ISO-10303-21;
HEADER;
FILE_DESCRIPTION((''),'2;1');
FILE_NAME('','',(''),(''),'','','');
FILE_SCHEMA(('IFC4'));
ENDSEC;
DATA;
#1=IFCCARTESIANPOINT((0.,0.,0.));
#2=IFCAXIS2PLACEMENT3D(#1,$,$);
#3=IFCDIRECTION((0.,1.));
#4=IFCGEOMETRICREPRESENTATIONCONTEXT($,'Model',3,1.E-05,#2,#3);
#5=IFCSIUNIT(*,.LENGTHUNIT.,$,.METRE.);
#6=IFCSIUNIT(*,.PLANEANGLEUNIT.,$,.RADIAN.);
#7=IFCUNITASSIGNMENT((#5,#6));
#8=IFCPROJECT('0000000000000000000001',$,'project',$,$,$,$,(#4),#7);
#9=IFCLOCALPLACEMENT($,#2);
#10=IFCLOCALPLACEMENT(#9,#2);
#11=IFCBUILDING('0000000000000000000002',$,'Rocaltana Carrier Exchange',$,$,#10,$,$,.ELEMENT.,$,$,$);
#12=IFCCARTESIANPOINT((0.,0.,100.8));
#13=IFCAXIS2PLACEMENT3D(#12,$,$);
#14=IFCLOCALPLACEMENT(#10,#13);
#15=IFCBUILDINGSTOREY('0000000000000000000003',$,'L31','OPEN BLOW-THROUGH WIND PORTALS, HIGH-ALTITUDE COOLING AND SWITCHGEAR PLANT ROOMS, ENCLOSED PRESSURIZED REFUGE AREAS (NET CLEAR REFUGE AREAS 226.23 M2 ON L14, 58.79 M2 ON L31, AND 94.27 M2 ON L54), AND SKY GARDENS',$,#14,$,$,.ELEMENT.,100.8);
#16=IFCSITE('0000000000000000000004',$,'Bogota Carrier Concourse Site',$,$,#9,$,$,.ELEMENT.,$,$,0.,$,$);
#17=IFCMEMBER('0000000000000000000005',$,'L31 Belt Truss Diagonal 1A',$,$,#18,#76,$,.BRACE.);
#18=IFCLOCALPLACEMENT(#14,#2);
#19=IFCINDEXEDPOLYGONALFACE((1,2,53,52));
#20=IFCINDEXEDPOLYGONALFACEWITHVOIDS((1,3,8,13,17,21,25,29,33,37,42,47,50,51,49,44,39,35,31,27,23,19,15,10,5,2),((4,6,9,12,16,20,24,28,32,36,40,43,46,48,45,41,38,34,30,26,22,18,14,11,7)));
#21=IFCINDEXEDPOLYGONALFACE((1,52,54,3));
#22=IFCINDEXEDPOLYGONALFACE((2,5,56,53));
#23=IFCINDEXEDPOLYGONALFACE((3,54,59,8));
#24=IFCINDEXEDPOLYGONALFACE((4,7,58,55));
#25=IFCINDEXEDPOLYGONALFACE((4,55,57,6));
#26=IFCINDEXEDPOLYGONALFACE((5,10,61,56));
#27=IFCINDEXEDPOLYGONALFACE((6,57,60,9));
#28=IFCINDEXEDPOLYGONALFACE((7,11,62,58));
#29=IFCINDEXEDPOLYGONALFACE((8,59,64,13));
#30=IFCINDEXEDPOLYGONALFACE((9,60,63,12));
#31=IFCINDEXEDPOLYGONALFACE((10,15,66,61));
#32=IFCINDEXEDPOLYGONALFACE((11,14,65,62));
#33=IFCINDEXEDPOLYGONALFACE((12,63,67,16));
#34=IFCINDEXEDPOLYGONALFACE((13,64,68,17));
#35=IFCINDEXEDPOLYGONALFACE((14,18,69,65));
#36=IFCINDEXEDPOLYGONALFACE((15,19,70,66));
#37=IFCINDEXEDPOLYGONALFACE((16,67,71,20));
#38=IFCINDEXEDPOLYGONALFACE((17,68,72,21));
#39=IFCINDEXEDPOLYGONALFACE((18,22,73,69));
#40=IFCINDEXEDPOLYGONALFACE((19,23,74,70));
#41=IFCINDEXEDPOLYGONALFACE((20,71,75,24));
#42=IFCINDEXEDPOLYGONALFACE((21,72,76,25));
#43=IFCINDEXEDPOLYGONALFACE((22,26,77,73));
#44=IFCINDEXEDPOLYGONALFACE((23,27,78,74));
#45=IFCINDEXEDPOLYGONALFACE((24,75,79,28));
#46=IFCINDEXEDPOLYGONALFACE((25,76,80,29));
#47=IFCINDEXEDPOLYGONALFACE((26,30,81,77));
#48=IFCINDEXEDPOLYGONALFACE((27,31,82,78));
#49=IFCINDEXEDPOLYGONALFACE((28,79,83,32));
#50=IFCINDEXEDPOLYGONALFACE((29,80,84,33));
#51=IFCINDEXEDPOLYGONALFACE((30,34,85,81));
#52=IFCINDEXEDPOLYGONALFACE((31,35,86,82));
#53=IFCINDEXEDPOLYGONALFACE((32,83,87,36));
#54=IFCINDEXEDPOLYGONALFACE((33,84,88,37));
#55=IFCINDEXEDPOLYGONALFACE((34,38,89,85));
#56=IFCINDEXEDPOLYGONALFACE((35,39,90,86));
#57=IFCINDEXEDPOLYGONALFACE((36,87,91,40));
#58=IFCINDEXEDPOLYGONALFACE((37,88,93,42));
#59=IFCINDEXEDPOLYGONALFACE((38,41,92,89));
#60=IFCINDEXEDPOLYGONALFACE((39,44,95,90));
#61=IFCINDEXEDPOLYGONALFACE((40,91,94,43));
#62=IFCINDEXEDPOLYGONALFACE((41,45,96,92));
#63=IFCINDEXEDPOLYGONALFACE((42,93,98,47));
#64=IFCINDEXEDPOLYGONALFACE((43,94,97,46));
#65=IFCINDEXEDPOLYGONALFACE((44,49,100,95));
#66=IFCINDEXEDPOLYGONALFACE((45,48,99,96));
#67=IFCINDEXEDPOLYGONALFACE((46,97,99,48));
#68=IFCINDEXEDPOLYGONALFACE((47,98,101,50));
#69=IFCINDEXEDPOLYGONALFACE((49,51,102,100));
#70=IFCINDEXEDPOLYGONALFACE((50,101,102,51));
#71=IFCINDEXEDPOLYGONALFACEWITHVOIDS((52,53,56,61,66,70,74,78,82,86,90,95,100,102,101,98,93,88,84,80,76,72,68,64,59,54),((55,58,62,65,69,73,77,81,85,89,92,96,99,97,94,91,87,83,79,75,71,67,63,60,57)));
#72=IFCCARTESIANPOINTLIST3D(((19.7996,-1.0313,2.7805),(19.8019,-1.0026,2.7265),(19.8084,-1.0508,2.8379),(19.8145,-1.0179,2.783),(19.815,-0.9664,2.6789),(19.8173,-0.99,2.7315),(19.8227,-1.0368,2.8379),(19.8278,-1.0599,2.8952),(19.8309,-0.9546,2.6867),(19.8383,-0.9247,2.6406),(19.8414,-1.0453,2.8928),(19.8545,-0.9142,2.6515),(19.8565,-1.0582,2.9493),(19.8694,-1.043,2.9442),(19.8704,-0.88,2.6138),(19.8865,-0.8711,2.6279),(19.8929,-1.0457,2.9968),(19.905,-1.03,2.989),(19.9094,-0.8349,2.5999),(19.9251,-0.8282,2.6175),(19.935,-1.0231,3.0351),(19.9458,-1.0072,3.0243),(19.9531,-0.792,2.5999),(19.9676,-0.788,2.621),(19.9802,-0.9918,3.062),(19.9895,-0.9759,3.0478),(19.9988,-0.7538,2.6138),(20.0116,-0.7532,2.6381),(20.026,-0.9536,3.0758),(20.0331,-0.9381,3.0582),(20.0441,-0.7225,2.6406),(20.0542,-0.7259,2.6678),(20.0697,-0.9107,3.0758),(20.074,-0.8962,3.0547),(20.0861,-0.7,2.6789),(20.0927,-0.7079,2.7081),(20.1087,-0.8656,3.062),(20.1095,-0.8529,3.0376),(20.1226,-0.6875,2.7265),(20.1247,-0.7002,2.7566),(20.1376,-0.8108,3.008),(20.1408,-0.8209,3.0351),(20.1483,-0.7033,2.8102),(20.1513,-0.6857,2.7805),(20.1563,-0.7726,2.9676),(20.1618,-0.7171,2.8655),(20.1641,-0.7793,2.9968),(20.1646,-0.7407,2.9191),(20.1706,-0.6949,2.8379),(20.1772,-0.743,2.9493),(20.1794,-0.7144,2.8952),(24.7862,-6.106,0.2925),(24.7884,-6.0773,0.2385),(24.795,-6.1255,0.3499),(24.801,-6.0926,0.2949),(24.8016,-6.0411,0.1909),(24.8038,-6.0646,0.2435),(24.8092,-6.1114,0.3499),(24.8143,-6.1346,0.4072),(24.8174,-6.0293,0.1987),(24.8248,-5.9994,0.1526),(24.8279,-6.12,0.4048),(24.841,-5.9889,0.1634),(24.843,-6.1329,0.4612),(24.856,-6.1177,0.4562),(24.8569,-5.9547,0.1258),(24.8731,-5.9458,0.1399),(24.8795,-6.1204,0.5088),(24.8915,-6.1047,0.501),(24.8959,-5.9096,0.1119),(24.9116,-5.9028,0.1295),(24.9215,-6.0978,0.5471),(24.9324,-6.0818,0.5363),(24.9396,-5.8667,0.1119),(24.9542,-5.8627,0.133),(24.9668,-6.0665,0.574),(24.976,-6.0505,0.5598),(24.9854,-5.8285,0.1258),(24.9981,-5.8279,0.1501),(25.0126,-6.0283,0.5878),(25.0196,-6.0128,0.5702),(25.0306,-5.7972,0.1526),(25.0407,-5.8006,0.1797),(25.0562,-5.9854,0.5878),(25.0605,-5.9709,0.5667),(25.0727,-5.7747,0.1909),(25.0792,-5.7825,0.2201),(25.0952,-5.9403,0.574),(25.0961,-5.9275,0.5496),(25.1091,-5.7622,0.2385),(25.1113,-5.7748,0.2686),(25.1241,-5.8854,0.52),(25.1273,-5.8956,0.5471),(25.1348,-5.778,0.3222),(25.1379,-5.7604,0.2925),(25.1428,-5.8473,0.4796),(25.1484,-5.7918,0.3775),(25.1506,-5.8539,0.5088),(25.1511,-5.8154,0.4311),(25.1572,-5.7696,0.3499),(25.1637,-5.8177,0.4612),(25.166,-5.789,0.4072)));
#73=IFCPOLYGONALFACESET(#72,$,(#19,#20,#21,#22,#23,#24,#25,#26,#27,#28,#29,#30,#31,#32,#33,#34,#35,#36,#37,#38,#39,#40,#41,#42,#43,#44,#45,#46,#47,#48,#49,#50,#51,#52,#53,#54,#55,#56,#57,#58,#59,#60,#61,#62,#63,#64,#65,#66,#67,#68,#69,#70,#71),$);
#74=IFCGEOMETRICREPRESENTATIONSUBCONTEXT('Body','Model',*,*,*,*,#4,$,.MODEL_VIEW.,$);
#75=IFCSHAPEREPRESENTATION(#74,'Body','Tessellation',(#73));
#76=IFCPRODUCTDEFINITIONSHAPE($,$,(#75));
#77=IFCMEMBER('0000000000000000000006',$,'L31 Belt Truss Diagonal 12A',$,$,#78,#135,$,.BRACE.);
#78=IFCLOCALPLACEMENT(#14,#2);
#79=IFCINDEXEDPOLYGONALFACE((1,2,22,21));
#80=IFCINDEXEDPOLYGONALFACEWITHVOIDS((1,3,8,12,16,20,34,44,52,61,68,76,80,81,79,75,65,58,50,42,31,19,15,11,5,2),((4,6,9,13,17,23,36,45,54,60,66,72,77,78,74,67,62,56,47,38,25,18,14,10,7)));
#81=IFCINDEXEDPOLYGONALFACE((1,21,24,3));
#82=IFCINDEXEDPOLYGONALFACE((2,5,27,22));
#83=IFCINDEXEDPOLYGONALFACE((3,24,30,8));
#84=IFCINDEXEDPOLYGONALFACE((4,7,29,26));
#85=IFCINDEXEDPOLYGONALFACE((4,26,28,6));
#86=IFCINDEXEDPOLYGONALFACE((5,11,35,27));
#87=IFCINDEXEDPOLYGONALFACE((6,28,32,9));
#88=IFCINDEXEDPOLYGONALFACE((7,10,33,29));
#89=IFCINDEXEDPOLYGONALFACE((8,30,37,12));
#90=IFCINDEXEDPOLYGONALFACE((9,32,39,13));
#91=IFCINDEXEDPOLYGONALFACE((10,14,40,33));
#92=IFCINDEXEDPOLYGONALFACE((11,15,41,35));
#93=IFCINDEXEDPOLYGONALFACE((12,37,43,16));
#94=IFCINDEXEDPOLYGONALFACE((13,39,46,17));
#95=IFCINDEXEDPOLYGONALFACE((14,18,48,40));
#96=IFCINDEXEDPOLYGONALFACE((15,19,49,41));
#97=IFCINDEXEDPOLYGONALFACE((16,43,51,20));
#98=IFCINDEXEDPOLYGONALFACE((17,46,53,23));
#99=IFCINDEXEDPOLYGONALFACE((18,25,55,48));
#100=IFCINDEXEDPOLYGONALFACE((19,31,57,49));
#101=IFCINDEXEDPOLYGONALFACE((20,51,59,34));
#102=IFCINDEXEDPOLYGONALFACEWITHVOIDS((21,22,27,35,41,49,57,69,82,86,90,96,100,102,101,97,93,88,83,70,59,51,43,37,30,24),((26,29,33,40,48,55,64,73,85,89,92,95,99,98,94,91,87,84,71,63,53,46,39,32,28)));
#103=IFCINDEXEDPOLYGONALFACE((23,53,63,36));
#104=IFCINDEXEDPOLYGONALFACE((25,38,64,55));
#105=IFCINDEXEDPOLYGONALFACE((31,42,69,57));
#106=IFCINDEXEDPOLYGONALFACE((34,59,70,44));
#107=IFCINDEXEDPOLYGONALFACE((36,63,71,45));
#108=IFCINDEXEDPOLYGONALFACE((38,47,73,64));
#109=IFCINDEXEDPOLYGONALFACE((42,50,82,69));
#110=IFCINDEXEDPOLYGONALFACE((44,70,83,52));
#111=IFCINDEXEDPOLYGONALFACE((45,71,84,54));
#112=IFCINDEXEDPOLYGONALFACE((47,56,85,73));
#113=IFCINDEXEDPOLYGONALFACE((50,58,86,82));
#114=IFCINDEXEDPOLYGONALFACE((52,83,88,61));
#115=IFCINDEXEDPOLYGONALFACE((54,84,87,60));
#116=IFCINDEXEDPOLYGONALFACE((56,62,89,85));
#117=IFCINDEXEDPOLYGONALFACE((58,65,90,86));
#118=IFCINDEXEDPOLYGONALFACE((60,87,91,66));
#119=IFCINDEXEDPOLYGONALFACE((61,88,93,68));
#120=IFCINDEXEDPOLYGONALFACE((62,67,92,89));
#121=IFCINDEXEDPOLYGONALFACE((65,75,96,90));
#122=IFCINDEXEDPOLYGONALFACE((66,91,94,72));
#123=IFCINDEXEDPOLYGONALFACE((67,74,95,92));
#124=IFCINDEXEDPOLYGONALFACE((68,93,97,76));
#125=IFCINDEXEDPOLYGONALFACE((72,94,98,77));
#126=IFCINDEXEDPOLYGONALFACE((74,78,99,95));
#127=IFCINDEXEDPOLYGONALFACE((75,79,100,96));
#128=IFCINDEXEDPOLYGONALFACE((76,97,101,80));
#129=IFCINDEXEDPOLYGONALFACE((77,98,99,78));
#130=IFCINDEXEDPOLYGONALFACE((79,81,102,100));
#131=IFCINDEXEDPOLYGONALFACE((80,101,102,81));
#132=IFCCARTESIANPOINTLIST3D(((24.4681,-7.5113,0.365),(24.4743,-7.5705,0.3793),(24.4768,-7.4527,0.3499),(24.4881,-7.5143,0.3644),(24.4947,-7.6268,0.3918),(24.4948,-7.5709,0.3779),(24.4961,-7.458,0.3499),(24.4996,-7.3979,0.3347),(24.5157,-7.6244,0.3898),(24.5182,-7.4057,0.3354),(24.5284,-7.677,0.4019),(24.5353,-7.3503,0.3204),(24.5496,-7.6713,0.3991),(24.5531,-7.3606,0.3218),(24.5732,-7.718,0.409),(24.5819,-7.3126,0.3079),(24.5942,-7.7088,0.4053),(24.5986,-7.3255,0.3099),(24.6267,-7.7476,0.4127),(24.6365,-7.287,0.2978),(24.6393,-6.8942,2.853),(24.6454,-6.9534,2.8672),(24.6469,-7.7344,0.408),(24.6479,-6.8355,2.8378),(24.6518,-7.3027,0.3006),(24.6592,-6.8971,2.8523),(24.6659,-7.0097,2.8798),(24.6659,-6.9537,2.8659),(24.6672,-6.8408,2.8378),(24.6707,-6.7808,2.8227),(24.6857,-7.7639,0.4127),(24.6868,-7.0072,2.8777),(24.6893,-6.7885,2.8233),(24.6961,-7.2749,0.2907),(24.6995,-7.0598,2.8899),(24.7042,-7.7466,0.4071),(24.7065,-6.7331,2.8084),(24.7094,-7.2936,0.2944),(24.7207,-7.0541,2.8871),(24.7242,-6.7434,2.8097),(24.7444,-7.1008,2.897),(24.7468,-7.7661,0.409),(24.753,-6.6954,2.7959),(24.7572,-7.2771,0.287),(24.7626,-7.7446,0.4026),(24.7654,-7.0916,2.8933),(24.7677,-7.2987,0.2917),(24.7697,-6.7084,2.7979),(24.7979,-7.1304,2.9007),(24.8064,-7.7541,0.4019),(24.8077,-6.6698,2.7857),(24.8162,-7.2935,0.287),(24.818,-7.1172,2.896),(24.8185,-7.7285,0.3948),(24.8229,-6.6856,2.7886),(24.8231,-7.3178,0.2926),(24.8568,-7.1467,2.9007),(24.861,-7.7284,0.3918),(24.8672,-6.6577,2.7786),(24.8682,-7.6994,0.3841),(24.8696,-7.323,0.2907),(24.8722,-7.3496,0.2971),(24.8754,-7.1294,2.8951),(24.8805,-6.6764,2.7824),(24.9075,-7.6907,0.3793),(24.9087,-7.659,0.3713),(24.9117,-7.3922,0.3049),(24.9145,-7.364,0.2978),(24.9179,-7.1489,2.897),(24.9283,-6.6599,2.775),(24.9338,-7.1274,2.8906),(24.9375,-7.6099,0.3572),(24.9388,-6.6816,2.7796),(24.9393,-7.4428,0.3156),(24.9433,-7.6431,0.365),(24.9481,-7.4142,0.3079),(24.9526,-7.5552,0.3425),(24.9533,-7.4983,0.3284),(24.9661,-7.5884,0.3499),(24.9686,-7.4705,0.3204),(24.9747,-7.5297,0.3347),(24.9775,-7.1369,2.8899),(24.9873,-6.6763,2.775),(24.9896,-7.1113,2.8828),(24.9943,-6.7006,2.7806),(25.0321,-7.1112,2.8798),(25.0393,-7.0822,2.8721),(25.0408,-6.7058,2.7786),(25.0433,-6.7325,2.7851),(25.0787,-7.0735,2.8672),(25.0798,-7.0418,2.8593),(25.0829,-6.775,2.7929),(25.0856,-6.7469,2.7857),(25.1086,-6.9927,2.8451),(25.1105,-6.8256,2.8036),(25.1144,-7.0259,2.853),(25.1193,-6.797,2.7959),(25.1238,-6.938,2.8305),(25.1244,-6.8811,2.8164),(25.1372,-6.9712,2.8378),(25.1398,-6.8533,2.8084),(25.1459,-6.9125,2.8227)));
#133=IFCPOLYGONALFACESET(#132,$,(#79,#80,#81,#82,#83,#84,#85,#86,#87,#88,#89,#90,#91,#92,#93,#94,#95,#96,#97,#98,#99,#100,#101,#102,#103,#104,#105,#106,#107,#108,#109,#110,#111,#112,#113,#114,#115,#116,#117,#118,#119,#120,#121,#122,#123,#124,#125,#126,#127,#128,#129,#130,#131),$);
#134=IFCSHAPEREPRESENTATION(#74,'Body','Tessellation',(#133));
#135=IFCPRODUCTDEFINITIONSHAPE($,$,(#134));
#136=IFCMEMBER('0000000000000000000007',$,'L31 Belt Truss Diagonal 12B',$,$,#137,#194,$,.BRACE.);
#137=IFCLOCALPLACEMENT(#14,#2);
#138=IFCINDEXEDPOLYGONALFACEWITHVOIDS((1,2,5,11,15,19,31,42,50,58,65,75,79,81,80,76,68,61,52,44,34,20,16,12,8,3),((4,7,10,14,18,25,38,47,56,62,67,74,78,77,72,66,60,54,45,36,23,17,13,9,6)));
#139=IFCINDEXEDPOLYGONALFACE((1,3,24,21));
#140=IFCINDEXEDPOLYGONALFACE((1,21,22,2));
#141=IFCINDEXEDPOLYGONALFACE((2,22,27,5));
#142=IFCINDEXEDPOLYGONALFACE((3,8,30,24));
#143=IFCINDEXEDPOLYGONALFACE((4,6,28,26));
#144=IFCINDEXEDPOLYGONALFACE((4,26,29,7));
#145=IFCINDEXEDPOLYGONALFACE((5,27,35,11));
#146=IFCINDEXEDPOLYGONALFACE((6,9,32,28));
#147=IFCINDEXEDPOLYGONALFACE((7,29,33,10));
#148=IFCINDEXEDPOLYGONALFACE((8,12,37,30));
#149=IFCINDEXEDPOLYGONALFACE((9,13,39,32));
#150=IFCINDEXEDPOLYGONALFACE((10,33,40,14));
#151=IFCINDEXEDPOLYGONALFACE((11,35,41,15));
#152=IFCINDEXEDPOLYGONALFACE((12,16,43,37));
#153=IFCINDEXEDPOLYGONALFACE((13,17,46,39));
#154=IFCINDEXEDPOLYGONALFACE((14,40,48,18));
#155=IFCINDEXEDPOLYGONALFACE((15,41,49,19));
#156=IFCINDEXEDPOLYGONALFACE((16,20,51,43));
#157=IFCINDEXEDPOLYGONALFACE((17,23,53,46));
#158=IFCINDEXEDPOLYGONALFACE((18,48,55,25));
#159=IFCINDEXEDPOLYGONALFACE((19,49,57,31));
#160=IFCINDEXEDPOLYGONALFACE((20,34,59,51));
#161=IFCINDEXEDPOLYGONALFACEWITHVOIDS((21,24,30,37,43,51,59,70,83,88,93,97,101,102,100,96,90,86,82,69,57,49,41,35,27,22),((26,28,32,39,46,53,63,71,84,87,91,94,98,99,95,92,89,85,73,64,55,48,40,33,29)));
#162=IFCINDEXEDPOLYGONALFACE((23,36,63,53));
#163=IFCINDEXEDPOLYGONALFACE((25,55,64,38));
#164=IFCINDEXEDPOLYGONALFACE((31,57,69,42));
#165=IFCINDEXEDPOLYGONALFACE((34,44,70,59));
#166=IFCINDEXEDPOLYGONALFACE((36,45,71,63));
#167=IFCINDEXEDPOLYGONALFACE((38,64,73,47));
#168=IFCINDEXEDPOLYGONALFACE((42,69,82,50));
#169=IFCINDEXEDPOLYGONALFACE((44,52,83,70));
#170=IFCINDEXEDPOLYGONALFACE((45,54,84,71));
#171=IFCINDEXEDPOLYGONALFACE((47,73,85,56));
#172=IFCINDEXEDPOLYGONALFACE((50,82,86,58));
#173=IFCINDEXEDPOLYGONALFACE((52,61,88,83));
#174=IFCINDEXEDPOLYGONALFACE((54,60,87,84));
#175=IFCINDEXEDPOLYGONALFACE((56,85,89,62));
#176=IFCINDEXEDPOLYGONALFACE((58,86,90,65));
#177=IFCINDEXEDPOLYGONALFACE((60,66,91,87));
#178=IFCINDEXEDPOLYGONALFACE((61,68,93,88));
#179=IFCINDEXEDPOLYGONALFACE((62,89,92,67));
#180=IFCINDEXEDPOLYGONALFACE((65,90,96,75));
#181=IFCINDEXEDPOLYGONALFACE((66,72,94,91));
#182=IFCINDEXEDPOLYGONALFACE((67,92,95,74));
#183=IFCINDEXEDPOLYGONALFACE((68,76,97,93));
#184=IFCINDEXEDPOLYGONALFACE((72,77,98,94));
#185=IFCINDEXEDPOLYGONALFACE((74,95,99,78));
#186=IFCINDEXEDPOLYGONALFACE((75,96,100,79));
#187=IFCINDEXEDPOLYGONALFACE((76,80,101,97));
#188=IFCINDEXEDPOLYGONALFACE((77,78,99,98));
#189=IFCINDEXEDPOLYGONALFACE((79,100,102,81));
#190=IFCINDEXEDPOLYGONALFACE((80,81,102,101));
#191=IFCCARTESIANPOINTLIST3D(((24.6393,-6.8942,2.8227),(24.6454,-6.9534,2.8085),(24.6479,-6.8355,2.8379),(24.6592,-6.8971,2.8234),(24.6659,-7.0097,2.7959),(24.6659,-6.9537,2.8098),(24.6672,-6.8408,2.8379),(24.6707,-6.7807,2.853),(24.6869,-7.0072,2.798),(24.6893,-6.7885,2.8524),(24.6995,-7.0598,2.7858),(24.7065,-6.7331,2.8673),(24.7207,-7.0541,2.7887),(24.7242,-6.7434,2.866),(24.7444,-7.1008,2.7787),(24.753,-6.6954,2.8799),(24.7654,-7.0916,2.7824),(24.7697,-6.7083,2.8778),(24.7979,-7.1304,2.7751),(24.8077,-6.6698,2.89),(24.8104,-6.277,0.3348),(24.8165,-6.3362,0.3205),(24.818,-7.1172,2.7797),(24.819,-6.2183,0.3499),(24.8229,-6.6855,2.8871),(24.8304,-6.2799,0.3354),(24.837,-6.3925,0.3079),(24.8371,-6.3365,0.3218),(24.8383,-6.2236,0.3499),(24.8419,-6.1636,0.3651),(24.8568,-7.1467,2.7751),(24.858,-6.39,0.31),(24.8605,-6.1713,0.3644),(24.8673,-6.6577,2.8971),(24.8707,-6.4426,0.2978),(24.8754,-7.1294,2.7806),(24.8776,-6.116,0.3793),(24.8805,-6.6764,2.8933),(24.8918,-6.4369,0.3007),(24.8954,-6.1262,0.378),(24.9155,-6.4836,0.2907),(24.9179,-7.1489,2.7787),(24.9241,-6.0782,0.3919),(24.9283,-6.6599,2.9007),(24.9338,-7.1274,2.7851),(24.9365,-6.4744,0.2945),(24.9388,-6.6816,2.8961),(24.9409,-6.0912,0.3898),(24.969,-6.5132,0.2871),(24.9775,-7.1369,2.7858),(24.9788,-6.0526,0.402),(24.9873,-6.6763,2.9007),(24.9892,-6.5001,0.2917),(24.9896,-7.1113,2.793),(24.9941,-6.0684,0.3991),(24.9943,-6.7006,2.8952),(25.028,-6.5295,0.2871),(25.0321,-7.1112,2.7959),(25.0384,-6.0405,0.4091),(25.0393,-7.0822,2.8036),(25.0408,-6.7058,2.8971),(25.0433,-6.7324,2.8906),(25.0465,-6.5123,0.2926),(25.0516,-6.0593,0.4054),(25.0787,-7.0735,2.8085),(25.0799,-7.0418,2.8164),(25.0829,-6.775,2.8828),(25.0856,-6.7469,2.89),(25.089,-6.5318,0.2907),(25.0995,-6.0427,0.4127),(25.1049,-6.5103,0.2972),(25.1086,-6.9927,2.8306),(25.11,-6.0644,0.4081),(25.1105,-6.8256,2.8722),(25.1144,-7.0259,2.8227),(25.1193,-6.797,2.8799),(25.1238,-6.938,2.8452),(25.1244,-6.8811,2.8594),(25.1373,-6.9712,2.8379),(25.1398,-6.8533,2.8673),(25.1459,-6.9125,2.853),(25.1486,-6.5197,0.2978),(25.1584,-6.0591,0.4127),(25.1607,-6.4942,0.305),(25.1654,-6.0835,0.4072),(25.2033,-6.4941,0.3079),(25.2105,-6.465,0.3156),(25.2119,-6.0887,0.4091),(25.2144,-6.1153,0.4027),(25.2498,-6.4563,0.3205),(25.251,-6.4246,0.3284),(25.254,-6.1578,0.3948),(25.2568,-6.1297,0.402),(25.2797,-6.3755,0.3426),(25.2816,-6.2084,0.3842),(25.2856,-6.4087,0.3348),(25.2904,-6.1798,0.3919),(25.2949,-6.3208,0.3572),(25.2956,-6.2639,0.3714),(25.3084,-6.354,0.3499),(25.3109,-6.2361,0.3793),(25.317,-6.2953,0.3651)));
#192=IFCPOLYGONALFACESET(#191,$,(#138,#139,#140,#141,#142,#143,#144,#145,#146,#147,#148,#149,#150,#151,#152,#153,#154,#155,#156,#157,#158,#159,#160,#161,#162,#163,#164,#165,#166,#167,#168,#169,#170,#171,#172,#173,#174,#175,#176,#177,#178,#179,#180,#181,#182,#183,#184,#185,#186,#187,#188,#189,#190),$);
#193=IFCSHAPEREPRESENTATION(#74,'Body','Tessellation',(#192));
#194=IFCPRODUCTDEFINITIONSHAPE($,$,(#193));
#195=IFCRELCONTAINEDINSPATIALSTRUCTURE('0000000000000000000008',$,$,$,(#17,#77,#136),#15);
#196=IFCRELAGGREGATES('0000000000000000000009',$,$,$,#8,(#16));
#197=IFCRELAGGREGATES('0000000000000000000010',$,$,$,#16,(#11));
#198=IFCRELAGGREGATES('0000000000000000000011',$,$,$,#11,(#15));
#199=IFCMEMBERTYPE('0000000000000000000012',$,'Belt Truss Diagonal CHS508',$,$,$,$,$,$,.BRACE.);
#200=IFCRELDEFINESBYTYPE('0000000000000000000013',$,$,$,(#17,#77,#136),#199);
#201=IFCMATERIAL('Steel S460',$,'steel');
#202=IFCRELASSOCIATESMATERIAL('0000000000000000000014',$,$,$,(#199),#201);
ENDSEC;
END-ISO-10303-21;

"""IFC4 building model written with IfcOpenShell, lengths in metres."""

from ifc_helpers import new_model, si_unit, direction, frame, origin, origin_2d, place, context, subcontext, project, spatial, hollow_circle, extrude, material, material_profile, profile_set, type_object, element, save


model = new_model("IFC4")

# Units and contexts
model_context = context("Model", 3, precision=1e-05, world=origin(), true_north=direction((0.0, 1.0)))
body_context = subcontext(model_context, "Body", "Model", "MODEL_VIEW")
ifc_project = project(units=[si_unit("LENGTHUNIT", "METRE"), si_unit("PLANEANGLEUNIT", "RADIAN")], contexts=[model_context])

# Site, building, storey
site_placement = place(None, origin())
site = spatial("IfcSite", under=ifc_project, at=site_placement, Name="Bogota Carrier Concourse Site", CompositionType="ELEMENT", RefElevation=0.0)
building_placement = place(site_placement, origin())
building = spatial("IfcBuilding", under=site, at=building_placement, Name="Rocaltana Carrier Exchange", CompositionType="ELEMENT")
storey_placement = place(building_placement, frame((0.0, 0.0, 100.8)))
storey = spatial("IfcBuildingStorey", under=building, at=storey_placement, Name="L31", Description="OPEN BLOW-THROUGH WIND PORTALS, HIGH-ALTITUDE COOLING AND SWITCHGEAR PLANT ROOMS, ENCLOSED PRESSURIZED REFUGE AREAS (NET CLEAR REFUGE AREAS 226.23 M2 ON L14, 58.79 M2 ON L31, AND 94.27 M2 ON L54), AND SKY GARDENS", CompositionType="ELEMENT", Elevation=100.8)

# Members
ifc_material_1 = material(Name="Steel S460", Category="steel")
ifc_material_profile_1 = material_profile(ifc_material_1, hollow_circle(Radius=0.2539, WallThickness=0.02, at=origin_2d()), Name="CHS508X20")
ifc_profile_set_1 = profile_set([ifc_material_profile_1], Name="Steel S460")
member_type_1 = type_object("IfcMemberType", Name="Belt Truss Diagonal CHS508", PredefinedType="BRACE", material=ifc_profile_set_1)
member_1_placement = place(storey_placement, frame((24.9761, -5.9475, 0.3499), z_axis=(-0.661598, 0.673291, 0.330102), x_axis=(-0.713274, -0.700886, 0.0)))
element("IfcMember", 1, at=member_1_placement, inside=storey, type_object=member_type_1, Name="L31 Belt Truss Diagonal 1A", PredefinedType="BRACE", context=body_context, shape_type="SweptSolid", body=[
    extrude(hollow_circle(Radius=0.2539, WallThickness=0.02, at=origin_2d()), origin(), (0.0, 0.0, 1.0), 7.5371),
])
for number, where, z_axis, x_axis, name in (
    (2, (24.7214, -7.5205, 0.3499), (0.066614, 0.24023, 0.968428), (-0.963638, 0.267211, 0.0), "L31 Belt Truss Diagonal 12A"),
    (3, (24.8926, -6.9033, 2.8379), (0.066614, 0.24023, -0.968428), (-0.963638, 0.267211, 0.0), "L31 Belt Truss Diagonal 12B"),
):
    element("IfcMember", number, at=place(storey_placement, frame(where, z_axis=z_axis, x_axis=x_axis)), inside=storey, type_object=member_type_1, Name=name, PredefinedType="BRACE", context=body_context, shape_type="SweptSolid", body=[
        extrude(hollow_circle(Radius=0.2539, WallThickness=0.02, at=origin_2d()), origin(), (0.0, 0.0, 1.0), 2.5691),
    ])

save(model, "model.ifc")
